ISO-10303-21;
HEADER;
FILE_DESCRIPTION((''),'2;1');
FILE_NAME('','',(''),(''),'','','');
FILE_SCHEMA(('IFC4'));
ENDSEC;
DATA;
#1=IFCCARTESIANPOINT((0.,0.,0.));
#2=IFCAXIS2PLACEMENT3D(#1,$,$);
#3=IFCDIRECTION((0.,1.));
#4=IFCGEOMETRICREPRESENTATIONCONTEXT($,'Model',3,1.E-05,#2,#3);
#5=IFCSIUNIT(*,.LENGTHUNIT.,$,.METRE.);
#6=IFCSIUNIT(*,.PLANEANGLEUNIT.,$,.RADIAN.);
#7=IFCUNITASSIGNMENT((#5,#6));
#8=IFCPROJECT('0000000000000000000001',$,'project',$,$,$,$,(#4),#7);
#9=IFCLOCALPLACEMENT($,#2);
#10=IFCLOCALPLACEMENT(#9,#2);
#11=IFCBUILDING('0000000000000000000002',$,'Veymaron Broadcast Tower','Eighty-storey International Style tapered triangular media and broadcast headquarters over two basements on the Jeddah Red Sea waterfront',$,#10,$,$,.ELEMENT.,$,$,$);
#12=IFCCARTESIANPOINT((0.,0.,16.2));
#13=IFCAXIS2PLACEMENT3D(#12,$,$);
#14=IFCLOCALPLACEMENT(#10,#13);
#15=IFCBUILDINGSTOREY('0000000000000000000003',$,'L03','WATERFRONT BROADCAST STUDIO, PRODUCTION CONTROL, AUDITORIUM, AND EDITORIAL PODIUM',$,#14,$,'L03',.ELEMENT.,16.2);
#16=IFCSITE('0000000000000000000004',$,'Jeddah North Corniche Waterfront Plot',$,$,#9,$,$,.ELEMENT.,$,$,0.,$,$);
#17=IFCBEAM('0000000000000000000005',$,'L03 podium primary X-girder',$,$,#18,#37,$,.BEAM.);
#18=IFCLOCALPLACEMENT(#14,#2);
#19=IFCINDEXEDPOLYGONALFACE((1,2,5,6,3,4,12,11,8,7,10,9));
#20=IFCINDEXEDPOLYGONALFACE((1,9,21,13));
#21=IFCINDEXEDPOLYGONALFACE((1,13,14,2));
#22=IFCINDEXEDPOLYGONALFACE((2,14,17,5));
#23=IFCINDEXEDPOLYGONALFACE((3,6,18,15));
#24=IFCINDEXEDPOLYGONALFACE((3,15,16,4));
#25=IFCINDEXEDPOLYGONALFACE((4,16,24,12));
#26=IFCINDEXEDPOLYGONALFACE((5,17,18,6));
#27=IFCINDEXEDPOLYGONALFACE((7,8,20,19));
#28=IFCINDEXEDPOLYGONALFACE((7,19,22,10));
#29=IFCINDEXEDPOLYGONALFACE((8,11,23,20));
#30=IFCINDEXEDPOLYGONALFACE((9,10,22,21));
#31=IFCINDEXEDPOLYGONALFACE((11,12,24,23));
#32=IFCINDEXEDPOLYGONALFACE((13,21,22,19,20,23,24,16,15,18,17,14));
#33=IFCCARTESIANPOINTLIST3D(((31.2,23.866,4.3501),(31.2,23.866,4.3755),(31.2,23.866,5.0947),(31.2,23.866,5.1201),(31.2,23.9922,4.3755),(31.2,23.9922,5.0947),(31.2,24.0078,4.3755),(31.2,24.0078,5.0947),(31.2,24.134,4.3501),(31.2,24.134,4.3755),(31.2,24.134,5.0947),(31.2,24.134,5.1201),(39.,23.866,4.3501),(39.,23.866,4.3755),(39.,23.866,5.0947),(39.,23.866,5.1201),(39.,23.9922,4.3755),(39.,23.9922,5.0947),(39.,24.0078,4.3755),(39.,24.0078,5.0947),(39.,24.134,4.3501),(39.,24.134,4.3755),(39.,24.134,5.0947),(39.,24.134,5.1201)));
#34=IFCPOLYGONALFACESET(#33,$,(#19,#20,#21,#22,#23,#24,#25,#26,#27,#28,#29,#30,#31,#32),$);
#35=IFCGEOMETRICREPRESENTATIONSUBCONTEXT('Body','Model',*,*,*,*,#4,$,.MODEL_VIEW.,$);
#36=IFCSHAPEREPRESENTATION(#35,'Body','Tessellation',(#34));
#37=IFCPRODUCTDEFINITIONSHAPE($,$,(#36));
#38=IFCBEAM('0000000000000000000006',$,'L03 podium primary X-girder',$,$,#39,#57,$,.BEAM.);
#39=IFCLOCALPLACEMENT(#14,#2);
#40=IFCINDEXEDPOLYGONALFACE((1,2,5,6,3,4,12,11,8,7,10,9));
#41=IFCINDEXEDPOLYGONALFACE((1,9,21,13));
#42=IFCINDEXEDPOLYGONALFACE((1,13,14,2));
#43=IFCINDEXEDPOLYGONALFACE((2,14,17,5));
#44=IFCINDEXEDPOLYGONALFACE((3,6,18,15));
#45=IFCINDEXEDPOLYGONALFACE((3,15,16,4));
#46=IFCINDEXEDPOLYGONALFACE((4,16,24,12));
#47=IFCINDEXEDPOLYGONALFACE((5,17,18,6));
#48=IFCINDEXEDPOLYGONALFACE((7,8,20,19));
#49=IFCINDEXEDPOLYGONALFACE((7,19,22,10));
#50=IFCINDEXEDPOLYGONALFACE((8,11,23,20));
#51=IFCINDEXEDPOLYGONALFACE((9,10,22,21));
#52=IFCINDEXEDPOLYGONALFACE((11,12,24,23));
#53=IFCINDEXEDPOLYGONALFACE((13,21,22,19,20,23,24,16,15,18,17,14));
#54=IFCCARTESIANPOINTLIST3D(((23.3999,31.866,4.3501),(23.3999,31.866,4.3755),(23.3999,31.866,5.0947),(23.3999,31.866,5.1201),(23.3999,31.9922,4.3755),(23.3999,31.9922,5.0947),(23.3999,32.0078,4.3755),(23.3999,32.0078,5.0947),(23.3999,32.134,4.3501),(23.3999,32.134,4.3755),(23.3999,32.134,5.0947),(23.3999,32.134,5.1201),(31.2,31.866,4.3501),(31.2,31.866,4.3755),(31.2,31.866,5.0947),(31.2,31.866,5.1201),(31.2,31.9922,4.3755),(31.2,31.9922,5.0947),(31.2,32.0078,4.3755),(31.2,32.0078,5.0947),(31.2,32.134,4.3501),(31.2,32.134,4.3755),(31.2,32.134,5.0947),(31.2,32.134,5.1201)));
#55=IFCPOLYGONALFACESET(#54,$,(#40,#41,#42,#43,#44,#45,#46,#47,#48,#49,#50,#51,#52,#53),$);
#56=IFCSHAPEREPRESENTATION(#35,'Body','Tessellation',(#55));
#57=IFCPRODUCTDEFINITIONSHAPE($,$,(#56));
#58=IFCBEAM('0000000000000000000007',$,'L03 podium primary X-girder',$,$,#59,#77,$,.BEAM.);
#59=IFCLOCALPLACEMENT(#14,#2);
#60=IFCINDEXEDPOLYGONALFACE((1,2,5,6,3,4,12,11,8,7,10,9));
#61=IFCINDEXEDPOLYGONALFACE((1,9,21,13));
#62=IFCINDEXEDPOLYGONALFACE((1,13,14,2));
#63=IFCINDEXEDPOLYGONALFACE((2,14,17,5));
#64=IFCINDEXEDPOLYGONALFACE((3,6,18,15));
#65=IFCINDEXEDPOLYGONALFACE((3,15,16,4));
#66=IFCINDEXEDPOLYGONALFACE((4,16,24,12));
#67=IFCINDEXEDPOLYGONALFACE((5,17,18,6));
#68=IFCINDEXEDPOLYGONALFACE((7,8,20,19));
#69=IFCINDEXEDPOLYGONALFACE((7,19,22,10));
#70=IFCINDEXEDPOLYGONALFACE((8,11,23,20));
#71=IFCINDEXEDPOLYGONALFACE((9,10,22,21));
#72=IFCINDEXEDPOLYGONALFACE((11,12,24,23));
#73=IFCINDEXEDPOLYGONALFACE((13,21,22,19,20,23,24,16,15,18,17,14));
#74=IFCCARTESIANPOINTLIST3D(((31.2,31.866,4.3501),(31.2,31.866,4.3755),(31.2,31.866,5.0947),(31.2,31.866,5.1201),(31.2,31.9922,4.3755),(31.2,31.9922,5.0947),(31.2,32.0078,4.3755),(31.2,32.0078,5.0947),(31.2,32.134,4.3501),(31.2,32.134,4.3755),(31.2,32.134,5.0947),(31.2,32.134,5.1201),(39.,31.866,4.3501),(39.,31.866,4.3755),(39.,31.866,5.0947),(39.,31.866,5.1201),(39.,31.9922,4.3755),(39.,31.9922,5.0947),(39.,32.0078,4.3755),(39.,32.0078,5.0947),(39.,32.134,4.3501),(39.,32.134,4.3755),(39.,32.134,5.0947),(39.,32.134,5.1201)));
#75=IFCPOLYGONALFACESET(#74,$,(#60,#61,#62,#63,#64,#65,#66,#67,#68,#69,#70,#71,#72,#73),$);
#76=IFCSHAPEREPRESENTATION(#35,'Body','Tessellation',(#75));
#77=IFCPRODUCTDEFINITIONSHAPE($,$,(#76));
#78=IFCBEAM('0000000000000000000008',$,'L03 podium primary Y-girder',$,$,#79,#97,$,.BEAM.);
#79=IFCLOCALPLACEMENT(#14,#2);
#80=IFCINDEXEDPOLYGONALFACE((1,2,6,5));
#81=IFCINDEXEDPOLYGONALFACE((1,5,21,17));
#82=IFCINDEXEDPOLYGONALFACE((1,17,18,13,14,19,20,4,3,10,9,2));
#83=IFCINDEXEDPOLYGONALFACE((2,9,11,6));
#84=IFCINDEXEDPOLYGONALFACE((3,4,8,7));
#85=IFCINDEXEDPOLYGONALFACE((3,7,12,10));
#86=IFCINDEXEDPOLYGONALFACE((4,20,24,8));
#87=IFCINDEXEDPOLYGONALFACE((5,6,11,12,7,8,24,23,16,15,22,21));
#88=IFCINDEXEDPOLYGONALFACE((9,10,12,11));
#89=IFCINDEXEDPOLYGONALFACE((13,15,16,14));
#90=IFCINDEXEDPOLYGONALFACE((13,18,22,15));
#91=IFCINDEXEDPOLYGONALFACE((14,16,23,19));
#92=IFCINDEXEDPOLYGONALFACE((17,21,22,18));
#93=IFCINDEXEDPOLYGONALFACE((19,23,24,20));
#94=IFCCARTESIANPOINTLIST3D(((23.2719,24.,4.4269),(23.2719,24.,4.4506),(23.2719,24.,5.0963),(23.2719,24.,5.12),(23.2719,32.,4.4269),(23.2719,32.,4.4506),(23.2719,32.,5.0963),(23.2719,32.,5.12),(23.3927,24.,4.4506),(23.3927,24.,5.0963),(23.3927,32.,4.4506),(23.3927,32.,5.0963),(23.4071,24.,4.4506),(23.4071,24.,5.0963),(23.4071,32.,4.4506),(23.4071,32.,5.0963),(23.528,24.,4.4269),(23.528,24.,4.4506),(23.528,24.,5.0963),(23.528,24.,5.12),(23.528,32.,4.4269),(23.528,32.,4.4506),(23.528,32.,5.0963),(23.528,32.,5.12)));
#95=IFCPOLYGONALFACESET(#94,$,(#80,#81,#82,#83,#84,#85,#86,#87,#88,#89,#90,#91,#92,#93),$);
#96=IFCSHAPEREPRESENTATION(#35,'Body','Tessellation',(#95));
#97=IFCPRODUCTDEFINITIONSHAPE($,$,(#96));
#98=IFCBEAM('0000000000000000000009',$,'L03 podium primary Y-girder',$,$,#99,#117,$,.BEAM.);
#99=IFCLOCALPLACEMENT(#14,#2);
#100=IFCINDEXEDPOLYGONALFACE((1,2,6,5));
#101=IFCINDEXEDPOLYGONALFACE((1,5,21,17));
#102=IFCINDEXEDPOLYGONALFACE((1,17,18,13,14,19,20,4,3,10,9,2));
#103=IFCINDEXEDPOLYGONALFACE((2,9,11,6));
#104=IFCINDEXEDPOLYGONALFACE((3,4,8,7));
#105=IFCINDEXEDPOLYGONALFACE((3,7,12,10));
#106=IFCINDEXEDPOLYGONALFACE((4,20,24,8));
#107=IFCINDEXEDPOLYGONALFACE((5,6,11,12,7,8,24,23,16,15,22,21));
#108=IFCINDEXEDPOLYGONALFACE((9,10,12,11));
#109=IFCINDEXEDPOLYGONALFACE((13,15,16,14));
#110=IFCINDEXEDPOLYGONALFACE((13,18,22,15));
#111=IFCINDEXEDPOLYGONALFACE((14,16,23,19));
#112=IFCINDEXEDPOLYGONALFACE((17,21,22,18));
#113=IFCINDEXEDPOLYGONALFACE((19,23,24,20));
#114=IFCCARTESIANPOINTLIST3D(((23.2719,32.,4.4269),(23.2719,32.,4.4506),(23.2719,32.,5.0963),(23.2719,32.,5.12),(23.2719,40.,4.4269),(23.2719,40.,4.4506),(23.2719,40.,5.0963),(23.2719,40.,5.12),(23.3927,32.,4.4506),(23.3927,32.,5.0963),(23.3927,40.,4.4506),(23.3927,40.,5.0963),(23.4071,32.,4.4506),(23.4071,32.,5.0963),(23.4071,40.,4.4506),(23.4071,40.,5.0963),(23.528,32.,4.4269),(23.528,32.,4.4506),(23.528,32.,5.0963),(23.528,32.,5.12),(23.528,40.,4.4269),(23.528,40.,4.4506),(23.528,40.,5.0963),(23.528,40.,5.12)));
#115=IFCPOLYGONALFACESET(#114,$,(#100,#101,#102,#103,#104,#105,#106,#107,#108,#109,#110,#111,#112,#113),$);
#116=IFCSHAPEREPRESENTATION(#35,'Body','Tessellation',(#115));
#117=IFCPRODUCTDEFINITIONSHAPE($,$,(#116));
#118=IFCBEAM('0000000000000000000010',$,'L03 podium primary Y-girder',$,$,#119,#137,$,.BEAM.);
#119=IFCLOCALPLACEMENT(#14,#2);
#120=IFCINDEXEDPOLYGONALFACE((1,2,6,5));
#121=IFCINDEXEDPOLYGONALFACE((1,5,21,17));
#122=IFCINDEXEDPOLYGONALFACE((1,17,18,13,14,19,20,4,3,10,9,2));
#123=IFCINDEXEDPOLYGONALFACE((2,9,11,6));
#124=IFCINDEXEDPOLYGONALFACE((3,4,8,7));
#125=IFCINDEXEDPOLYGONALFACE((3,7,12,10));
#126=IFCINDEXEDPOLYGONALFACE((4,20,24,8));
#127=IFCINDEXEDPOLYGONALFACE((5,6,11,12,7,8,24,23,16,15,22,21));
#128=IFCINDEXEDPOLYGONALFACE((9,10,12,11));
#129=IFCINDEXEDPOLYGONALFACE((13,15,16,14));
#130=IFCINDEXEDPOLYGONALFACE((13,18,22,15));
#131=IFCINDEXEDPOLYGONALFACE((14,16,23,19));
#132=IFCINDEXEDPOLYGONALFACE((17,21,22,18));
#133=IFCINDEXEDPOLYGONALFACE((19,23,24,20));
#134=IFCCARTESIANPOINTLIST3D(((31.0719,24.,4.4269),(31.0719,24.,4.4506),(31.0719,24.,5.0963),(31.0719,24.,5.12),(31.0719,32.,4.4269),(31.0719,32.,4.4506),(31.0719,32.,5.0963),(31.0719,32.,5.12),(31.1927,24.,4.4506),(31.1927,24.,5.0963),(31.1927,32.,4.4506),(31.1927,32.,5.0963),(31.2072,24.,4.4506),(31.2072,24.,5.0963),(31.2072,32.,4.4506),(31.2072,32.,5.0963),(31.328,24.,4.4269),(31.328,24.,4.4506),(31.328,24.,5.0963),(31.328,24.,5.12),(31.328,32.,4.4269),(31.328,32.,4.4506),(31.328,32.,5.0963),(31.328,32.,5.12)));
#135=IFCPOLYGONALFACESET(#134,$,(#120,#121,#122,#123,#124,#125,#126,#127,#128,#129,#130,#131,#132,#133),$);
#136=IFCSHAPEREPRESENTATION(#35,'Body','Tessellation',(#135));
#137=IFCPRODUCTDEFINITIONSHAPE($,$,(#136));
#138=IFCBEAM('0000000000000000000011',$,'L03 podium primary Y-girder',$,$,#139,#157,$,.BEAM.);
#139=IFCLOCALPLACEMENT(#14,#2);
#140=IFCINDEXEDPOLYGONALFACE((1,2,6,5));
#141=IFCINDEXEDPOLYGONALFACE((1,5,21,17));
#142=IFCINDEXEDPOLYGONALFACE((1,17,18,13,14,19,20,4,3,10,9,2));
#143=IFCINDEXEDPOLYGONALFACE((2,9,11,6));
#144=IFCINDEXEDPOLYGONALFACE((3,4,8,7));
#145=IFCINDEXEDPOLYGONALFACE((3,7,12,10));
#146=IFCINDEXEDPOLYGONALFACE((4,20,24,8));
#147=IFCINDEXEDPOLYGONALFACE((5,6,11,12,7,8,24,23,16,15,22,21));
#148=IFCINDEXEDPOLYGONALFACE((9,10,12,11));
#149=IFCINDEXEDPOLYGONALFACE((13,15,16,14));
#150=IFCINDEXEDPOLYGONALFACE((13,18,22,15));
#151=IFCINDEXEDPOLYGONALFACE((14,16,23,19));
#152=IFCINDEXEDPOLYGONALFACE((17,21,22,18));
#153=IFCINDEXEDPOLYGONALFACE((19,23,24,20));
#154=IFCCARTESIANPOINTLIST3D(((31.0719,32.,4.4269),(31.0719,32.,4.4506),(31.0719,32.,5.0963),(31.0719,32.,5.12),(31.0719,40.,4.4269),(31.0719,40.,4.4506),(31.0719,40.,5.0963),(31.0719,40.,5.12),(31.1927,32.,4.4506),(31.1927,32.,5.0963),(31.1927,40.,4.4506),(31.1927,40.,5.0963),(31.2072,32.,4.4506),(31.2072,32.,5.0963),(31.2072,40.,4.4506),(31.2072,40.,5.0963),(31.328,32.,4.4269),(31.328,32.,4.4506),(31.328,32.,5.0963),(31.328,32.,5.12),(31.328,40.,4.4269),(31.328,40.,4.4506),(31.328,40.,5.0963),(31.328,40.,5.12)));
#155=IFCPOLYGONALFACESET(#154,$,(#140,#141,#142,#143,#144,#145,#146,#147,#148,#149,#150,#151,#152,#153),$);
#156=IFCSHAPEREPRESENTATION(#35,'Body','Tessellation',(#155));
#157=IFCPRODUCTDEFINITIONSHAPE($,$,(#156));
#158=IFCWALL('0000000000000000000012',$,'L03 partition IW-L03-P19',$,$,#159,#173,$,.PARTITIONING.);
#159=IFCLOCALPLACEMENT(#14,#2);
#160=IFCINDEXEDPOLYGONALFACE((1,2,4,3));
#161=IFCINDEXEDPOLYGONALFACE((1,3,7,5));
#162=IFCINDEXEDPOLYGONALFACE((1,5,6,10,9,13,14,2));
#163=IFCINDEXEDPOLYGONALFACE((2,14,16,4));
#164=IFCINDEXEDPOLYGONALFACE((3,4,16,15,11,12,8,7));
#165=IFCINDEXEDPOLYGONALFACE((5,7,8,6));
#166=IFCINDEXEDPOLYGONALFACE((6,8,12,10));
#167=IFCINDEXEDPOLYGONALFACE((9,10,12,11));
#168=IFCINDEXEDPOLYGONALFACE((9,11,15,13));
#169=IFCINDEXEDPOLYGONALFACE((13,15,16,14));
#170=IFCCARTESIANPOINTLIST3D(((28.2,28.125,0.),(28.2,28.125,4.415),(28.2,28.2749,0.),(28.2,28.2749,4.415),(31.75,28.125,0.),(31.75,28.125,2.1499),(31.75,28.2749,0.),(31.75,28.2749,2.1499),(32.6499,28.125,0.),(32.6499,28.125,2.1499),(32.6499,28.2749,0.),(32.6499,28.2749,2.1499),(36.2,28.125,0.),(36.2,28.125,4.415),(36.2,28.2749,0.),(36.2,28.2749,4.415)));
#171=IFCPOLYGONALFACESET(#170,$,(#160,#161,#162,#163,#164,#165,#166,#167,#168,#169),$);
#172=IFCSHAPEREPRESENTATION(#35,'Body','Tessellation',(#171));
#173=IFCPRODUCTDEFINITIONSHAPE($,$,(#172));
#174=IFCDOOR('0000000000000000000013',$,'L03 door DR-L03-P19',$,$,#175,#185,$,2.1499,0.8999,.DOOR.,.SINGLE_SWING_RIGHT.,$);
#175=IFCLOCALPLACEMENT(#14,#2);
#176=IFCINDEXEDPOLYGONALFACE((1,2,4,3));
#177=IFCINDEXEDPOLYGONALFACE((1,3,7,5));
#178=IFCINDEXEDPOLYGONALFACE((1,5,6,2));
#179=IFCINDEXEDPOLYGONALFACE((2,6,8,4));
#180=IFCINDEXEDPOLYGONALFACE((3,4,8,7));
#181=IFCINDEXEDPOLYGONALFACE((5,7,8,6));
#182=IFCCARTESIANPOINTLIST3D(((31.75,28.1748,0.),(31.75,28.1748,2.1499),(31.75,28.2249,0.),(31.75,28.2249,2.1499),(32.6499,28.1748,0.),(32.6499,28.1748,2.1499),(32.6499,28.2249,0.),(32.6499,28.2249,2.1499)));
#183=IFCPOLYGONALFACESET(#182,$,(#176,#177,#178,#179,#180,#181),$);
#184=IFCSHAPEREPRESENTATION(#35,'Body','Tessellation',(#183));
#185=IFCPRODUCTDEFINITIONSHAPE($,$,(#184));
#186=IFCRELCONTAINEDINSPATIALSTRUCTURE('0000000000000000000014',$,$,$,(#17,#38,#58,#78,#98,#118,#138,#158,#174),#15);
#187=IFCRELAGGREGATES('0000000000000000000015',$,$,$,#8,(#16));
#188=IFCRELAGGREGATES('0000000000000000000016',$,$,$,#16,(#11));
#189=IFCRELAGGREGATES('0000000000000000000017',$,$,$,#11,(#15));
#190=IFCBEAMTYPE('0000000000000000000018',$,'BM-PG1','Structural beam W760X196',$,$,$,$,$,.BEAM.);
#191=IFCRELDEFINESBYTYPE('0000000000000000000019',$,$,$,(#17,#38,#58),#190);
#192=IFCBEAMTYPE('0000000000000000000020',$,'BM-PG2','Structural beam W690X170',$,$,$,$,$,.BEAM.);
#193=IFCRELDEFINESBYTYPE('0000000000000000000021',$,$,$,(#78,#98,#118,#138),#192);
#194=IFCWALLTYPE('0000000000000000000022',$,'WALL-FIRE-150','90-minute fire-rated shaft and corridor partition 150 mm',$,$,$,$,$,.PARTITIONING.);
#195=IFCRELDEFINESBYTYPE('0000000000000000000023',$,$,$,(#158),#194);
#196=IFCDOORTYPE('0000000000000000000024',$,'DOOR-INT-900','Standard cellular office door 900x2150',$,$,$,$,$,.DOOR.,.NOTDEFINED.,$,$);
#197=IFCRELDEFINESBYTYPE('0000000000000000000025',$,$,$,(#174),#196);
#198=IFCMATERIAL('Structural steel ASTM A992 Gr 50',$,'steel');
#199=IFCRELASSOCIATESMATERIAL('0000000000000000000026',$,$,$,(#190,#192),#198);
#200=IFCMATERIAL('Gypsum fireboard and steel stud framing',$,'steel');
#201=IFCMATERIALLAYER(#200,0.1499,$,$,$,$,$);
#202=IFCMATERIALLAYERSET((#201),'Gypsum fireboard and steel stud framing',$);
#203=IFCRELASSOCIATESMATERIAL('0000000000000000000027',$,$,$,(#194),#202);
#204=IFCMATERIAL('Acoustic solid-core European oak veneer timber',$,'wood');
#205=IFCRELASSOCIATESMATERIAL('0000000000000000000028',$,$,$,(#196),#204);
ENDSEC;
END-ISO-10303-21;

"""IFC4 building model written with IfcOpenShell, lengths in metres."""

from ifc_helpers import new_model, si_unit, direction, frame, frame_2d, origin, origin_2d, place, context, subcontext, project, spatial, rectangle, i_section, extrude, material, layer, layer_set, material_profile, profile_set, type_object, element, fill, save


model = new_model("IFC4")

# Units and contexts
model_context = context("Model", 3, precision=1e-05, world=origin(), true_north=direction((0.0, 1.0)))
body_context = subcontext(model_context, "Body", "Model", "MODEL_VIEW")
ifc_project = project(units=[si_unit("LENGTHUNIT", "METRE"), si_unit("PLANEANGLEUNIT", "RADIAN")], contexts=[model_context])

# Site, building, storey
site_placement = place(None, origin())
site = spatial("IfcSite", under=ifc_project, at=site_placement, Name="Jeddah North Corniche Waterfront Plot", CompositionType="ELEMENT", RefElevation=0.0)
building_placement = place(site_placement, origin())
building = spatial("IfcBuilding", under=site, at=building_placement, Name="Veymaron Broadcast Tower", Description="Eighty-storey International Style tapered triangular media and broadcast headquarters over two basements on the Jeddah Red Sea waterfront", CompositionType="ELEMENT")
storey_placement = place(building_placement, frame((0.0, 0.0, 16.2)))
storey = spatial("IfcBuildingStorey", under=building, at=storey_placement, Name="L03", Description="WATERFRONT BROADCAST STUDIO, PRODUCTION CONTROL, AUDITORIUM, AND EDITORIAL PODIUM", LongName="L03", CompositionType="ELEMENT", Elevation=16.2)

# Beams
ifc_material_1 = material(Name="Structural steel ASTM A992 Gr 50", Category="steel")
ifc_material_profile_1 = material_profile(ifc_material_1, i_section(OverallWidth=0.2681, OverallDepth=0.77, WebThickness=0.0156, FlangeThickness=0.0254, at=origin_2d()), Name="W760X196")
ifc_profile_set_1 = profile_set([ifc_material_profile_1], Name="Structural steel ASTM A992 Gr 50")
beam_type_1 = type_object("IfcBeamType", Name="BM-PG1", Description="Structural beam W760X196", PredefinedType="BEAM", material=ifc_profile_set_1)
for number, where, z_axis, x_axis, name in (
    (1, (31.2, 24.0, 4.7351), (1.0, 0.0, 0.0), (0.0, 1.0, 0.0), "L03 podium primary X-girder"),
    (2, (23.3999, 32.0, 4.7351), (1.0, 0.0, 0.0), (0.0, 1.0, 0.0), "L03 podium primary X-girder"),
    (3, (31.2, 32.0, 4.7351), (1.0, 0.0, 0.0), (0.0, 1.0, 0.0), "L03 podium primary X-girder"),
):
    element("IfcBeam", number, at=place(storey_placement, frame(where, z_axis=z_axis, x_axis=x_axis)), inside=storey, type_object=beam_type_1, Name=name, PredefinedType="BEAM", context=body_context, shape_type="SweptSolid", body=[
        extrude(i_section(OverallWidth=0.2681, OverallDepth=0.77, WebThickness=0.0156, FlangeThickness=0.0254, at=origin_2d()), origin(), (0.0, 0.0, 1.0), 7.8),
    ])
ifc_material_profile_2 = material_profile(ifc_material_1, i_section(OverallWidth=0.2561, OverallDepth=0.6931, WebThickness=0.0144, FlangeThickness=0.0237, at=origin_2d()), Name="W690X170")
ifc_profile_set_2 = profile_set([ifc_material_profile_2], Name="Structural steel ASTM A992 Gr 50")
beam_type_2 = type_object("IfcBeamType", Name="BM-PG2", Description="Structural beam W690X170", PredefinedType="BEAM", material=ifc_profile_set_2)
for number, where, z_axis, x_axis, name in (
    (4, (23.3999, 24.0, 4.7734), (0.0, 1.0, 0.0), (-1.0, 0.0, 0.0), "L03 podium primary Y-girder"),
    (5, (23.3999, 32.0, 4.7734), (0.0, 1.0, 0.0), (-1.0, 0.0, 0.0), "L03 podium primary Y-girder"),
    (6, (31.2, 24.0, 4.7734), (0.0, 1.0, 0.0), (-1.0, 0.0, 0.0), "L03 podium primary Y-girder"),
    (7, (31.2, 32.0, 4.7734), (0.0, 1.0, 0.0), (-1.0, 0.0, 0.0), "L03 podium primary Y-girder"),
):
    element("IfcBeam", number, at=place(storey_placement, frame(where, z_axis=z_axis, x_axis=x_axis)), inside=storey, type_object=beam_type_2, Name=name, PredefinedType="BEAM", context=body_context, shape_type="SweptSolid", body=[
        extrude(i_section(OverallWidth=0.2561, OverallDepth=0.6931, WebThickness=0.0144, FlangeThickness=0.0237, at=origin_2d()), origin(), (0.0, 0.0, 1.0), 8.0),
    ])

# Wall, opening, door
ifc_material_2 = material(Name="Gypsum fireboard and steel stud framing", Category="steel")
ifc_layer_1 = layer(ifc_material_2, 0.1499)
ifc_layer_set_1 = layer_set([ifc_layer_1], Name="Gypsum fireboard and steel stud framing")
wall_type_1 = type_object("IfcWallType", Name="WALL-FIRE-150", Description="90-minute fire-rated shaft and corridor partition 150 mm", PredefinedType="PARTITIONING", material=ifc_layer_set_1)
wall_1_placement = place(storey_placement, frame((28.2, 28.2, 0.0), z_axis=(0.0, 0.0, 1.0), x_axis=(1.0, 0.0, 0.0)))
wall_1 = element("IfcWall", 8, at=wall_1_placement, inside=storey, type_object=wall_type_1, Name="L03 partition IW-L03-P19", PredefinedType="PARTITIONING", context=body_context, shape_type="SweptSolid", body=[
    extrude(rectangle(XDim=8.0, YDim=0.1499, at=frame_2d((4.0, 0.0))), origin(), (0.0, 0.0, 1.0), 4.415),
])
opening_1_placement = place(wall_1_placement, frame((3.55, 0.0, 0.0)))
opening_1 = element("IfcOpeningElement", 9, at=opening_1_placement, cuts=wall_1, PredefinedType="OPENING", context=body_context, shape_type="SweptSolid", body=[
    extrude(rectangle(XDim=0.8999, YDim=2.1499, at=frame_2d((0.45, 1.075))), frame((0.0, 0.085, 0.0), z_axis=(0.0, -1.0, 0.0), x_axis=(1.0, 0.0, 0.0)), (0.0, 0.0, 1.0), 0.1699),
])
ifc_material_3 = material(Name="Acoustic solid-core European oak veneer timber", Category="wood")
door_type_1 = type_object("IfcDoorType", Name="DOOR-INT-900", Description="Standard cellular office door 900x2150", OperationType="NOTDEFINED", PredefinedType="DOOR", material=ifc_material_3)
door_1_placement = place(opening_1_placement, origin())
door_1 = element("IfcDoor", 10, at=door_1_placement, inside=storey, type_object=door_type_1, Name="L03 door DR-L03-P19", OperationType="SINGLE_SWING_RIGHT", OverallHeight=2.1499, OverallWidth=0.8999, PredefinedType="DOOR", context=body_context, shape_type="SweptSolid", body=[
    extrude(rectangle(XDim=0.8999, YDim=2.1499, at=frame_2d((0.45, 1.075))), frame((0.0, 0.0249, 0.0), z_axis=(0.0, -1.0, 0.0), x_axis=(1.0, 0.0, 0.0)), (0.0, 0.0, 1.0), 0.05),
])
fill(opening_1, door_1)

save(model, "model.ifc")
